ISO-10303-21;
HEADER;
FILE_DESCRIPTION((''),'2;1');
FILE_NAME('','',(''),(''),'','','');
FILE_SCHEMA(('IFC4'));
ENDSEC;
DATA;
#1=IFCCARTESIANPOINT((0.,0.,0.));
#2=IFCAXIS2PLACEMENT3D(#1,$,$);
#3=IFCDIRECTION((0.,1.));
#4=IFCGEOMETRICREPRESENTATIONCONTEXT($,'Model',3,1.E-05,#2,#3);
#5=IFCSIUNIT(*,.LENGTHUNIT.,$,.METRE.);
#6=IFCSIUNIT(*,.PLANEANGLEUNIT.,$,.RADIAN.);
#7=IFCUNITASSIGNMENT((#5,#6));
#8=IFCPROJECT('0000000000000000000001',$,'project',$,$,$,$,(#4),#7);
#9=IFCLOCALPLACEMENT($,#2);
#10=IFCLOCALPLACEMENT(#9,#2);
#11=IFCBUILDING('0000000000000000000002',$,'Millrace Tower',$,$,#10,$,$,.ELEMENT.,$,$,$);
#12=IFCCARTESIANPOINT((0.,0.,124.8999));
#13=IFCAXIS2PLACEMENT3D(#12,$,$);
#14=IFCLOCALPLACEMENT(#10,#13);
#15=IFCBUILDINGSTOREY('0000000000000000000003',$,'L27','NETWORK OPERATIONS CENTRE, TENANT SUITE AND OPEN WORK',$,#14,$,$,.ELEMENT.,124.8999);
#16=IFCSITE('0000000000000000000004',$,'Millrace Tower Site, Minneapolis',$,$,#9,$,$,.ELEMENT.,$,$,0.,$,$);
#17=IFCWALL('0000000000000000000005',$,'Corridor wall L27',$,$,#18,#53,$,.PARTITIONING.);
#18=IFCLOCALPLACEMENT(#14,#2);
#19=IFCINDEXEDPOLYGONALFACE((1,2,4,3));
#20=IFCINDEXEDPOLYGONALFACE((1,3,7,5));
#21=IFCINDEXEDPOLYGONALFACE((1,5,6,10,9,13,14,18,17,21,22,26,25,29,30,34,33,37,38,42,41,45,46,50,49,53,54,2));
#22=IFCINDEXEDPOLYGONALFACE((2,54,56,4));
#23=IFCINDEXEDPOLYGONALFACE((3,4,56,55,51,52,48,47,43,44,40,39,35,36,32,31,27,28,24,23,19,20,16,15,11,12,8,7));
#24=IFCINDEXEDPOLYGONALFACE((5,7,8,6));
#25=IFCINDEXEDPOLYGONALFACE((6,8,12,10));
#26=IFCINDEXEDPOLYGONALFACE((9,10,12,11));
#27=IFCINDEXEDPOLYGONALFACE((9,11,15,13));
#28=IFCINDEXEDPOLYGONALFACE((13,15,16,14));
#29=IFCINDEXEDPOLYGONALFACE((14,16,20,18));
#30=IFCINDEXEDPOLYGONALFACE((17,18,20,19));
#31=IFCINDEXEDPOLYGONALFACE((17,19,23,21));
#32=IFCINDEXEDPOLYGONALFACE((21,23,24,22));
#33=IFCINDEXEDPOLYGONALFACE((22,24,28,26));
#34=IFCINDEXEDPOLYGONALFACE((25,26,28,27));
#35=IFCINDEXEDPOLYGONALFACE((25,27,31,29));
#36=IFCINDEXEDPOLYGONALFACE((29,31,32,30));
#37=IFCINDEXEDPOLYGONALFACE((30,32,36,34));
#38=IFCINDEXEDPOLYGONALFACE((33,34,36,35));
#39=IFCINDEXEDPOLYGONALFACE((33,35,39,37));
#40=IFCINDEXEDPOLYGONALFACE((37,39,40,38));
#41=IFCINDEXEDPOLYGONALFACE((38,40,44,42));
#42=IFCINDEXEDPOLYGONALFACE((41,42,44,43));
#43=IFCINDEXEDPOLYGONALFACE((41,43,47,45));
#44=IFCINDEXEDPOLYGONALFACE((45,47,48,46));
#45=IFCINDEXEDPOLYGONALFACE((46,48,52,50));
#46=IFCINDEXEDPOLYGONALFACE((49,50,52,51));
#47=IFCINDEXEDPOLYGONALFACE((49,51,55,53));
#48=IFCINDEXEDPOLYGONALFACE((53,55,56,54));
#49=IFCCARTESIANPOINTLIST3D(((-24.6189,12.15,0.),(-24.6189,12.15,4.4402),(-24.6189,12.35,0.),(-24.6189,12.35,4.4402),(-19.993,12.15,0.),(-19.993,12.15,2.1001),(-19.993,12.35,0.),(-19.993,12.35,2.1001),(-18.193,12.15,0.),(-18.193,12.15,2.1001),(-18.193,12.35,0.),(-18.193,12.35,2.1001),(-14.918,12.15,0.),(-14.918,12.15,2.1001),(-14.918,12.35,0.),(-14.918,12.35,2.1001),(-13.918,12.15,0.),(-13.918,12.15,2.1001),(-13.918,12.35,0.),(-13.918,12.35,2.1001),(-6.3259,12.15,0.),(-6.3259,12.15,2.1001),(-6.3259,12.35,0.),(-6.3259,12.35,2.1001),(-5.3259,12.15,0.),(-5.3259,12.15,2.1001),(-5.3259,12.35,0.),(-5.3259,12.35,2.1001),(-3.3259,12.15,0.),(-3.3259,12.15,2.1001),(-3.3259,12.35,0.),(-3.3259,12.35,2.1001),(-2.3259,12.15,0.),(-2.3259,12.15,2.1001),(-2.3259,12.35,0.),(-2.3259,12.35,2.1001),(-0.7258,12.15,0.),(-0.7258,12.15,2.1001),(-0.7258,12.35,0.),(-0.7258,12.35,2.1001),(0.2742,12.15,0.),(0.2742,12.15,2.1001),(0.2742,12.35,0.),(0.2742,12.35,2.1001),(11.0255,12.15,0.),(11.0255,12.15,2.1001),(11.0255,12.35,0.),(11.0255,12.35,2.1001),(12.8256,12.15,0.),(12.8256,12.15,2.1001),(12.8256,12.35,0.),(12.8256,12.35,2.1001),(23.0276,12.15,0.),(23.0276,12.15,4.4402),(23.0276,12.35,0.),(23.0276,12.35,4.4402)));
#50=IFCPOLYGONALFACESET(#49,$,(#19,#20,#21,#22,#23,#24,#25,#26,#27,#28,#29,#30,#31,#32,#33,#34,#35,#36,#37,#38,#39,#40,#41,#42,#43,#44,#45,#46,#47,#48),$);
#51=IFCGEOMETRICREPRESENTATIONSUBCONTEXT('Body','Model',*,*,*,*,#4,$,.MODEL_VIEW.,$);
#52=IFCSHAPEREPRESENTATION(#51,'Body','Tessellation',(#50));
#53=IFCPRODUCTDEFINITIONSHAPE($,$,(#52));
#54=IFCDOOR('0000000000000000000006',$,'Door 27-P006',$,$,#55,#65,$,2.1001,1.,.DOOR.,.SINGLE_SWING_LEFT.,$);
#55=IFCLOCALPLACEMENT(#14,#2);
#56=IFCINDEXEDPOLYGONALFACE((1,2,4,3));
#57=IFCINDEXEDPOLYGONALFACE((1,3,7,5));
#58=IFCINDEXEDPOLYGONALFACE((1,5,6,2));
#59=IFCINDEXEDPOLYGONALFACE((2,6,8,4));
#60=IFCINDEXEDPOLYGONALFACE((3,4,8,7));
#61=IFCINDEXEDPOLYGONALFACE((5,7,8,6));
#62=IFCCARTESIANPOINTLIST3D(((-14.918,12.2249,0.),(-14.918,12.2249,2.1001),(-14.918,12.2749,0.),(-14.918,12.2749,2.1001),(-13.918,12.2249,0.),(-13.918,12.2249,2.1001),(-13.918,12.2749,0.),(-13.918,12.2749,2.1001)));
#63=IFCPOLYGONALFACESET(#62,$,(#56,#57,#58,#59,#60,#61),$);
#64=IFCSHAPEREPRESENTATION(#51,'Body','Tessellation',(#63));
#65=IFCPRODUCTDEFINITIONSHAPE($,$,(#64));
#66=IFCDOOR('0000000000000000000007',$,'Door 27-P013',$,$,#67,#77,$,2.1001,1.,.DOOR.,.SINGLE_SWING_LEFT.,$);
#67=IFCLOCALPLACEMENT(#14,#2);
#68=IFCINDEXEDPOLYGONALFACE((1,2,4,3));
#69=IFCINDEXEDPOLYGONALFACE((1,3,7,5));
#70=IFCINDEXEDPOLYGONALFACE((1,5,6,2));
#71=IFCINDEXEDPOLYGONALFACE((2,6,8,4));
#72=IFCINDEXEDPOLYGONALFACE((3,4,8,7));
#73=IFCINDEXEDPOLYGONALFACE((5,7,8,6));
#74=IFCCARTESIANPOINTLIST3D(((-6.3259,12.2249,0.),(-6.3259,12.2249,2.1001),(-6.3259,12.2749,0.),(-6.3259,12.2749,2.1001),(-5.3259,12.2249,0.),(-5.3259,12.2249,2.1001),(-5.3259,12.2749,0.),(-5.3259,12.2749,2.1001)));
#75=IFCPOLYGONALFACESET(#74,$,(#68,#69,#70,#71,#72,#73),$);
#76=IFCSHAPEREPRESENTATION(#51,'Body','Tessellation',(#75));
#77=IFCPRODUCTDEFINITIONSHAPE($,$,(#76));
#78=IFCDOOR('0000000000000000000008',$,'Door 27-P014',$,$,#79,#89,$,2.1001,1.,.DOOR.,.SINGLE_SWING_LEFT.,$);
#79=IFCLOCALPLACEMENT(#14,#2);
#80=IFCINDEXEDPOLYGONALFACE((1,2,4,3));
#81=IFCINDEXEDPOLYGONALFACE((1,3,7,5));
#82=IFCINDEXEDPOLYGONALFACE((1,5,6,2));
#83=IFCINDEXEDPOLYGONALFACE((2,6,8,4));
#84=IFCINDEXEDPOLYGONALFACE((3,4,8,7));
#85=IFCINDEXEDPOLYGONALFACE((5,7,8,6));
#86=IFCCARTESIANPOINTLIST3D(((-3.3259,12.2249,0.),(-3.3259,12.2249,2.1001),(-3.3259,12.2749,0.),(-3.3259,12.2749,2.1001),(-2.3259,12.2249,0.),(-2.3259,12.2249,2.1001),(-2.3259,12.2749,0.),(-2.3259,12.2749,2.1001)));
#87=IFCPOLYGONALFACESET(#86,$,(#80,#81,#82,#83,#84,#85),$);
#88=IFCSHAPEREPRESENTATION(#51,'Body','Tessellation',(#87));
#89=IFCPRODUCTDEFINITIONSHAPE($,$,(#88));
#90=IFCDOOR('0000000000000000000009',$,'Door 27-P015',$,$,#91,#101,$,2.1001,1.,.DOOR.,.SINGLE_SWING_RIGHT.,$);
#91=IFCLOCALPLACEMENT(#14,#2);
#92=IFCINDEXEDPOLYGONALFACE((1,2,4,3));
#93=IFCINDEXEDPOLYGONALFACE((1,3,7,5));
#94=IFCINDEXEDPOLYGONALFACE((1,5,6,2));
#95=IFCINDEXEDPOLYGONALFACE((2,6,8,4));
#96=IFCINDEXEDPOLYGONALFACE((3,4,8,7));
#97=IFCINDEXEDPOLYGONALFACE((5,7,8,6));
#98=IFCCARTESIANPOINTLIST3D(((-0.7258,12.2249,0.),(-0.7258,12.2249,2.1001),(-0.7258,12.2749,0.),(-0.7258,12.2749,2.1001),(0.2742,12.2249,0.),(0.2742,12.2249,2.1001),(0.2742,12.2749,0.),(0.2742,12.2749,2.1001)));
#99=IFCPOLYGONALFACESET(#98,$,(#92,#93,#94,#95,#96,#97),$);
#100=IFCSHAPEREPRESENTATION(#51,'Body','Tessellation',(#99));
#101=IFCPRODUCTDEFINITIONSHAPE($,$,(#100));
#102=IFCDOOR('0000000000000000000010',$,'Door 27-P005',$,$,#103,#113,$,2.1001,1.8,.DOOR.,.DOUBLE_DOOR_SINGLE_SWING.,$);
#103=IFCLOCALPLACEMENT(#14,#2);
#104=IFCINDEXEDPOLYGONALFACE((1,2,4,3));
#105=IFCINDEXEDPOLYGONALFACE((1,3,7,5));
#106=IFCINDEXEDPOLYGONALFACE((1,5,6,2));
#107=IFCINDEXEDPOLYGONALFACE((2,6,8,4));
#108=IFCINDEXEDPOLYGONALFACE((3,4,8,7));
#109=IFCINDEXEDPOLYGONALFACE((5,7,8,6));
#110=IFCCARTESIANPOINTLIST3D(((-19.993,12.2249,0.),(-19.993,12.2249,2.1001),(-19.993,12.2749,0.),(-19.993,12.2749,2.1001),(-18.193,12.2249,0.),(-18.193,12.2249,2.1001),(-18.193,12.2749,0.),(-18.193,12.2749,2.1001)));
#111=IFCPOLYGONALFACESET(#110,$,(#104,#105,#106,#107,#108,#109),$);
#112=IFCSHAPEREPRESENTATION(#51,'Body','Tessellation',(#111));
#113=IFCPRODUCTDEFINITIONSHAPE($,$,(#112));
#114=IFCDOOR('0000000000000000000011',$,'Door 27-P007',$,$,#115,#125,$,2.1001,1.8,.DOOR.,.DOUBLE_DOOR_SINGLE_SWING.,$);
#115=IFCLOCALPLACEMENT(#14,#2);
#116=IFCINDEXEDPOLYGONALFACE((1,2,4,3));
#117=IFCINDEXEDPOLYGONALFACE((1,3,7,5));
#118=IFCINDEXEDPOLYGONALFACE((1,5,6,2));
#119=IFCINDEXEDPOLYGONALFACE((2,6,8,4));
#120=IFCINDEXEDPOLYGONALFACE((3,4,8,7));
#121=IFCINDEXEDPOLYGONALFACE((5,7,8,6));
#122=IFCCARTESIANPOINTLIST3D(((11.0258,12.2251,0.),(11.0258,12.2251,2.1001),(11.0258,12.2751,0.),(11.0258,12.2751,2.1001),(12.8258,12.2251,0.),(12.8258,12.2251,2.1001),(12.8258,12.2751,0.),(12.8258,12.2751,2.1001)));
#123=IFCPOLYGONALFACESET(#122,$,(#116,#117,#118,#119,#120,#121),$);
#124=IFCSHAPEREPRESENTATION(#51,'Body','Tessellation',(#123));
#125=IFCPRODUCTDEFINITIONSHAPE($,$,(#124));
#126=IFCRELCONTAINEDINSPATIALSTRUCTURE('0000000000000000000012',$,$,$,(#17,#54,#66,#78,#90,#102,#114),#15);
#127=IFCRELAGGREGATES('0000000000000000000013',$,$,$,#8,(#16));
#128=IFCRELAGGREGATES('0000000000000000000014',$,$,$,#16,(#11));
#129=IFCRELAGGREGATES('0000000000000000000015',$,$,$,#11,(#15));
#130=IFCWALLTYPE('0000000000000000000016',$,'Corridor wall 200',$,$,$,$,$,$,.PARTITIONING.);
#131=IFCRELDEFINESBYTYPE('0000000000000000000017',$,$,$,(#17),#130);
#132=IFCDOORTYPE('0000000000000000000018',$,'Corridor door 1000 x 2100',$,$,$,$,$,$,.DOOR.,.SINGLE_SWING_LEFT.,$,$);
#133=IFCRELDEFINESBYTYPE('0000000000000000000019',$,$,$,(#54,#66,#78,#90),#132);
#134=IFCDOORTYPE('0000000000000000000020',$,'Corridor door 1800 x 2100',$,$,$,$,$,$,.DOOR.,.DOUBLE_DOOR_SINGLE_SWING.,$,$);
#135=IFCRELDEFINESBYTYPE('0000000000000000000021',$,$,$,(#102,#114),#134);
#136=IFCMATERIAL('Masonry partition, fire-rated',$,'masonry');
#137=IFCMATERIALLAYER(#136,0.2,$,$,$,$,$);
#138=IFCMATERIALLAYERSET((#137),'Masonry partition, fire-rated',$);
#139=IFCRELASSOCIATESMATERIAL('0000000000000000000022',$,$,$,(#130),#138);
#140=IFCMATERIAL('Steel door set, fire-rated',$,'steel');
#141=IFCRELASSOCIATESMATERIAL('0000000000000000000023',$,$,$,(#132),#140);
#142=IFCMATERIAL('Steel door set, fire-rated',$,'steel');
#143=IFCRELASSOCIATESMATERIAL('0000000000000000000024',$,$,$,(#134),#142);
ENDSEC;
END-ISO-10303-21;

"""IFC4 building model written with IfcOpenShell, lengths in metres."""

from ifc_helpers import new_model, si_unit, direction, frame, frame_2d, origin, place, context, subcontext, project, spatial, rectangle, extrude, material, layer, layer_set, type_object, element, fill, save


model = new_model("IFC4")

# Units and contexts
model_context = context("Model", 3, precision=1e-05, world=origin(), true_north=direction((0.0, 1.0)))
body_context = subcontext(model_context, "Body", "Model", "MODEL_VIEW")
ifc_project = project(units=[si_unit("LENGTHUNIT", "METRE"), si_unit("PLANEANGLEUNIT", "RADIAN")], contexts=[model_context])

# Site, building, storey
site_placement = place(None, origin())
site = spatial("IfcSite", under=ifc_project, at=site_placement, Name="Millrace Tower Site, Minneapolis", CompositionType="ELEMENT", RefElevation=0.0)
building_placement = place(site_placement, origin())
building = spatial("IfcBuilding", under=site, at=building_placement, Name="Millrace Tower", CompositionType="ELEMENT")
storey_placement = place(building_placement, frame((0.0, 0.0, 124.8999)))
storey = spatial("IfcBuildingStorey", under=building, at=storey_placement, Name="L27", Description="NETWORK OPERATIONS CENTRE, TENANT SUITE AND OPEN WORK", CompositionType="ELEMENT", Elevation=124.8999)

# Shared definitions
ifc_material_1 = material(Name="Masonry partition, fire-rated", Category="masonry")
ifc_layer_1 = layer(ifc_material_1, 0.2)
ifc_layer_set_1 = layer_set([ifc_layer_1], Name="Masonry partition, fire-rated")
wall_type = type_object("IfcWallType", Name="Corridor wall 200", PredefinedType="PARTITIONING", material=ifc_layer_set_1)

# Wall, openings, doors
wall_1_placement = place(storey_placement, frame((-24.6189, 12.25, 0.0), z_axis=(0.0, 0.0, 1.0), x_axis=(1.0, 0.0, 0.0)))
wall_1 = element("IfcWall", 1, at=wall_1_placement, inside=storey, type_object=wall_type, Name="Corridor wall L27", PredefinedType="PARTITIONING", context=body_context, shape_type="SweptSolid", body=[
    extrude(rectangle(XDim=47.6465, YDim=0.2, at=frame_2d((23.8232, 0.0))), origin(), (0.0, 0.0, 1.0), 4.4402),
])
opening_1_placement = place(wall_1_placement, frame((4.626, 0.0, 0.0)))
opening_1 = element("IfcOpeningElement", 2, at=opening_1_placement, cuts=wall_1, PredefinedType="OPENING", context=body_context, shape_type="SweptSolid", body=[
    extrude(rectangle(XDim=1.8, YDim=2.1001, at=frame_2d((0.8999, 1.05))), frame((0.0, 0.1099, 0.0), z_axis=(0.0, -1.0, 0.0), x_axis=(1.0, 0.0, 0.0)), (0.0, 0.0, 1.0), 0.22),
])
opening_2_placement = place(wall_1_placement, frame((9.7009, 0.0, 0.0)))
opening_2 = element("IfcOpeningElement", 3, at=opening_2_placement, cuts=wall_1, PredefinedType="OPENING", context=body_context, shape_type="SweptSolid", body=[
    extrude(rectangle(XDim=1.0, YDim=2.1001, at=frame_2d((0.5, 1.05))), frame((0.0, 0.1099, 0.0), z_axis=(0.0, -1.0, 0.0), x_axis=(1.0, 0.0, 0.0)), (0.0, 0.0, 1.0), 0.22),
])
opening_3_placement = place(wall_1_placement, frame((35.6445, 0.0, 0.0)))
opening_3 = element("IfcOpeningElement", 4, at=opening_3_placement, cuts=wall_1, PredefinedType="OPENING", context=body_context, shape_type="SweptSolid", body=[
    extrude(rectangle(XDim=1.8, YDim=2.1001, at=frame_2d((0.8999, 1.05))), frame((0.0, 0.1099, 0.0), z_axis=(0.0, -1.0, 0.0), x_axis=(1.0, 0.0, 0.0)), (0.0, 0.0, 1.0), 0.22),
])
opening_4_placement = place(wall_1_placement, frame((18.293, 0.0, 0.0)))
opening_4 = element("IfcOpeningElement", 5, at=opening_4_placement, cuts=wall_1, PredefinedType="OPENING", context=body_context, shape_type="SweptSolid", body=[
    extrude(rectangle(XDim=1.0, YDim=2.1001, at=frame_2d((0.5, 1.05))), frame((0.0, 0.1099, 0.0), z_axis=(0.0, -1.0, 0.0), x_axis=(1.0, 0.0, 0.0)), (0.0, 0.0, 1.0), 0.22),
])
opening_5_placement = place(wall_1_placement, frame((21.293, 0.0, 0.0)))
opening_5 = element("IfcOpeningElement", 6, at=opening_5_placement, cuts=wall_1, PredefinedType="OPENING", context=body_context, shape_type="SweptSolid", body=[
    extrude(rectangle(XDim=1.0, YDim=2.1001, at=frame_2d((0.5, 1.05))), frame((0.0, 0.1099, 0.0), z_axis=(0.0, -1.0, 0.0), x_axis=(1.0, 0.0, 0.0)), (0.0, 0.0, 1.0), 0.22),
])
opening_6_placement = place(wall_1_placement, frame((23.8931, 0.0, 0.0)))
opening_6 = element("IfcOpeningElement", 7, at=opening_6_placement, cuts=wall_1, PredefinedType="OPENING", context=body_context, shape_type="SweptSolid", body=[
    extrude(rectangle(XDim=1.0, YDim=2.1001, at=frame_2d((0.5, 1.05))), frame((0.0, 0.1099, 0.0), z_axis=(0.0, -1.0, 0.0), x_axis=(1.0, 0.0, 0.0)), (0.0, 0.0, 1.0), 0.22),
])
ifc_material_2 = material(Name="Steel door set, fire-rated", Category="steel")
door_type_1 = type_object("IfcDoorType", Name="Corridor door 1000 x 2100", OperationType="SINGLE_SWING_LEFT", PredefinedType="DOOR", material=ifc_material_2)
door_1_placement = place(opening_2_placement, origin())
door_1 = element("IfcDoor", 8, at=door_1_placement, inside=storey, type_object=door_type_1, Name="Door 27-P006", OperationType="SINGLE_SWING_LEFT", OverallHeight=2.1001, OverallWidth=1.0, PredefinedType="DOOR", context=body_context, shape_type="SweptSolid", body=[
    extrude(rectangle(XDim=1.0, YDim=2.1001, at=frame_2d((0.5, 1.05))), frame((0.0, 0.0249, 0.0), z_axis=(0.0, -1.0, 0.0), x_axis=(1.0, 0.0, 0.0)), (0.0, 0.0, 1.0), 0.05),
])
fill(opening_2, door_1)
door_2_placement = place(opening_4_placement, origin())
door_2 = element("IfcDoor", 9, at=door_2_placement, inside=storey, type_object=door_type_1, Name="Door 27-P013", OperationType="SINGLE_SWING_LEFT", OverallHeight=2.1001, OverallWidth=1.0, PredefinedType="DOOR", context=body_context, shape_type="SweptSolid", body=[
    extrude(rectangle(XDim=1.0, YDim=2.1001, at=frame_2d((0.5, 1.05))), frame((0.0, 0.0249, 0.0), z_axis=(0.0, -1.0, 0.0), x_axis=(1.0, 0.0, 0.0)), (0.0, 0.0, 1.0), 0.05),
])
fill(opening_4, door_2)
door_3_placement = place(opening_5_placement, origin())
door_3 = element("IfcDoor", 10, at=door_3_placement, inside=storey, type_object=door_type_1, Name="Door 27-P014", OperationType="SINGLE_SWING_LEFT", OverallHeight=2.1001, OverallWidth=1.0, PredefinedType="DOOR", context=body_context, shape_type="SweptSolid", body=[
    extrude(rectangle(XDim=1.0, YDim=2.1001, at=frame_2d((0.5, 1.05))), frame((0.0, 0.0249, 0.0), z_axis=(0.0, -1.0, 0.0), x_axis=(1.0, 0.0, 0.0)), (0.0, 0.0, 1.0), 0.05),
])
fill(opening_5, door_3)
door_4_placement = place(opening_6_placement, origin())
door_4 = element("IfcDoor", 11, at=door_4_placement, inside=storey, type_object=door_type_1, Name="Door 27-P015", OperationType="SINGLE_SWING_RIGHT", OverallHeight=2.1001, OverallWidth=1.0, PredefinedType="DOOR", context=body_context, shape_type="SweptSolid", body=[
    extrude(rectangle(XDim=1.0, YDim=2.1001, at=frame_2d((0.5, 1.05))), frame((0.0, 0.0249, 0.0), z_axis=(0.0, -1.0, 0.0), x_axis=(1.0, 0.0, 0.0)), (0.0, 0.0, 1.0), 0.05),
])
fill(opening_6, door_4)
ifc_material_3 = material(Name="Steel door set, fire-rated", Category="steel")
door_type_2 = type_object("IfcDoorType", Name="Corridor door 1800 x 2100", OperationType="DOUBLE_DOOR_SINGLE_SWING", PredefinedType="DOOR", material=ifc_material_3)
door_5_placement = place(opening_1_placement, origin())
door_5 = element("IfcDoor", 12, at=door_5_placement, inside=storey, type_object=door_type_2, Name="Door 27-P005", OperationType="DOUBLE_DOOR_SINGLE_SWING", OverallHeight=2.1001, OverallWidth=1.8, PredefinedType="DOOR", context=body_context, shape_type="SweptSolid", body=[
    extrude(rectangle(XDim=1.8, YDim=2.1001, at=frame_2d((0.8999, 1.05))), frame((0.0, 0.0249, 0.0), z_axis=(0.0, -1.0, 0.0), x_axis=(1.0, 0.0, 0.0)), (0.0, 0.0, 1.0), 0.05),
])
fill(opening_1, door_5)
door_6_placement = place(opening_3_placement, frame((1.8, 0.0, 0.0), z_axis=(0.0, 0.0, 1.0), x_axis=(-1.0, 0.0, 0.0)))
door_6 = element("IfcDoor", 13, at=door_6_placement, inside=storey, type_object=door_type_2, Name="Door 27-P007", OperationType="DOUBLE_DOOR_SINGLE_SWING", OverallHeight=2.1001, OverallWidth=1.8, PredefinedType="DOOR", context=body_context, shape_type="SweptSolid", body=[
    extrude(rectangle(XDim=1.8, YDim=2.1001, at=frame_2d((0.8999, 1.05))), frame((0.0, 0.0249, 0.0), z_axis=(0.0, -1.0, 0.0), x_axis=(1.0, 0.0, 0.0)), (0.0, 0.0, 1.0), 0.05),
])
fill(opening_3, door_6)

save(model, "model.ifc")
